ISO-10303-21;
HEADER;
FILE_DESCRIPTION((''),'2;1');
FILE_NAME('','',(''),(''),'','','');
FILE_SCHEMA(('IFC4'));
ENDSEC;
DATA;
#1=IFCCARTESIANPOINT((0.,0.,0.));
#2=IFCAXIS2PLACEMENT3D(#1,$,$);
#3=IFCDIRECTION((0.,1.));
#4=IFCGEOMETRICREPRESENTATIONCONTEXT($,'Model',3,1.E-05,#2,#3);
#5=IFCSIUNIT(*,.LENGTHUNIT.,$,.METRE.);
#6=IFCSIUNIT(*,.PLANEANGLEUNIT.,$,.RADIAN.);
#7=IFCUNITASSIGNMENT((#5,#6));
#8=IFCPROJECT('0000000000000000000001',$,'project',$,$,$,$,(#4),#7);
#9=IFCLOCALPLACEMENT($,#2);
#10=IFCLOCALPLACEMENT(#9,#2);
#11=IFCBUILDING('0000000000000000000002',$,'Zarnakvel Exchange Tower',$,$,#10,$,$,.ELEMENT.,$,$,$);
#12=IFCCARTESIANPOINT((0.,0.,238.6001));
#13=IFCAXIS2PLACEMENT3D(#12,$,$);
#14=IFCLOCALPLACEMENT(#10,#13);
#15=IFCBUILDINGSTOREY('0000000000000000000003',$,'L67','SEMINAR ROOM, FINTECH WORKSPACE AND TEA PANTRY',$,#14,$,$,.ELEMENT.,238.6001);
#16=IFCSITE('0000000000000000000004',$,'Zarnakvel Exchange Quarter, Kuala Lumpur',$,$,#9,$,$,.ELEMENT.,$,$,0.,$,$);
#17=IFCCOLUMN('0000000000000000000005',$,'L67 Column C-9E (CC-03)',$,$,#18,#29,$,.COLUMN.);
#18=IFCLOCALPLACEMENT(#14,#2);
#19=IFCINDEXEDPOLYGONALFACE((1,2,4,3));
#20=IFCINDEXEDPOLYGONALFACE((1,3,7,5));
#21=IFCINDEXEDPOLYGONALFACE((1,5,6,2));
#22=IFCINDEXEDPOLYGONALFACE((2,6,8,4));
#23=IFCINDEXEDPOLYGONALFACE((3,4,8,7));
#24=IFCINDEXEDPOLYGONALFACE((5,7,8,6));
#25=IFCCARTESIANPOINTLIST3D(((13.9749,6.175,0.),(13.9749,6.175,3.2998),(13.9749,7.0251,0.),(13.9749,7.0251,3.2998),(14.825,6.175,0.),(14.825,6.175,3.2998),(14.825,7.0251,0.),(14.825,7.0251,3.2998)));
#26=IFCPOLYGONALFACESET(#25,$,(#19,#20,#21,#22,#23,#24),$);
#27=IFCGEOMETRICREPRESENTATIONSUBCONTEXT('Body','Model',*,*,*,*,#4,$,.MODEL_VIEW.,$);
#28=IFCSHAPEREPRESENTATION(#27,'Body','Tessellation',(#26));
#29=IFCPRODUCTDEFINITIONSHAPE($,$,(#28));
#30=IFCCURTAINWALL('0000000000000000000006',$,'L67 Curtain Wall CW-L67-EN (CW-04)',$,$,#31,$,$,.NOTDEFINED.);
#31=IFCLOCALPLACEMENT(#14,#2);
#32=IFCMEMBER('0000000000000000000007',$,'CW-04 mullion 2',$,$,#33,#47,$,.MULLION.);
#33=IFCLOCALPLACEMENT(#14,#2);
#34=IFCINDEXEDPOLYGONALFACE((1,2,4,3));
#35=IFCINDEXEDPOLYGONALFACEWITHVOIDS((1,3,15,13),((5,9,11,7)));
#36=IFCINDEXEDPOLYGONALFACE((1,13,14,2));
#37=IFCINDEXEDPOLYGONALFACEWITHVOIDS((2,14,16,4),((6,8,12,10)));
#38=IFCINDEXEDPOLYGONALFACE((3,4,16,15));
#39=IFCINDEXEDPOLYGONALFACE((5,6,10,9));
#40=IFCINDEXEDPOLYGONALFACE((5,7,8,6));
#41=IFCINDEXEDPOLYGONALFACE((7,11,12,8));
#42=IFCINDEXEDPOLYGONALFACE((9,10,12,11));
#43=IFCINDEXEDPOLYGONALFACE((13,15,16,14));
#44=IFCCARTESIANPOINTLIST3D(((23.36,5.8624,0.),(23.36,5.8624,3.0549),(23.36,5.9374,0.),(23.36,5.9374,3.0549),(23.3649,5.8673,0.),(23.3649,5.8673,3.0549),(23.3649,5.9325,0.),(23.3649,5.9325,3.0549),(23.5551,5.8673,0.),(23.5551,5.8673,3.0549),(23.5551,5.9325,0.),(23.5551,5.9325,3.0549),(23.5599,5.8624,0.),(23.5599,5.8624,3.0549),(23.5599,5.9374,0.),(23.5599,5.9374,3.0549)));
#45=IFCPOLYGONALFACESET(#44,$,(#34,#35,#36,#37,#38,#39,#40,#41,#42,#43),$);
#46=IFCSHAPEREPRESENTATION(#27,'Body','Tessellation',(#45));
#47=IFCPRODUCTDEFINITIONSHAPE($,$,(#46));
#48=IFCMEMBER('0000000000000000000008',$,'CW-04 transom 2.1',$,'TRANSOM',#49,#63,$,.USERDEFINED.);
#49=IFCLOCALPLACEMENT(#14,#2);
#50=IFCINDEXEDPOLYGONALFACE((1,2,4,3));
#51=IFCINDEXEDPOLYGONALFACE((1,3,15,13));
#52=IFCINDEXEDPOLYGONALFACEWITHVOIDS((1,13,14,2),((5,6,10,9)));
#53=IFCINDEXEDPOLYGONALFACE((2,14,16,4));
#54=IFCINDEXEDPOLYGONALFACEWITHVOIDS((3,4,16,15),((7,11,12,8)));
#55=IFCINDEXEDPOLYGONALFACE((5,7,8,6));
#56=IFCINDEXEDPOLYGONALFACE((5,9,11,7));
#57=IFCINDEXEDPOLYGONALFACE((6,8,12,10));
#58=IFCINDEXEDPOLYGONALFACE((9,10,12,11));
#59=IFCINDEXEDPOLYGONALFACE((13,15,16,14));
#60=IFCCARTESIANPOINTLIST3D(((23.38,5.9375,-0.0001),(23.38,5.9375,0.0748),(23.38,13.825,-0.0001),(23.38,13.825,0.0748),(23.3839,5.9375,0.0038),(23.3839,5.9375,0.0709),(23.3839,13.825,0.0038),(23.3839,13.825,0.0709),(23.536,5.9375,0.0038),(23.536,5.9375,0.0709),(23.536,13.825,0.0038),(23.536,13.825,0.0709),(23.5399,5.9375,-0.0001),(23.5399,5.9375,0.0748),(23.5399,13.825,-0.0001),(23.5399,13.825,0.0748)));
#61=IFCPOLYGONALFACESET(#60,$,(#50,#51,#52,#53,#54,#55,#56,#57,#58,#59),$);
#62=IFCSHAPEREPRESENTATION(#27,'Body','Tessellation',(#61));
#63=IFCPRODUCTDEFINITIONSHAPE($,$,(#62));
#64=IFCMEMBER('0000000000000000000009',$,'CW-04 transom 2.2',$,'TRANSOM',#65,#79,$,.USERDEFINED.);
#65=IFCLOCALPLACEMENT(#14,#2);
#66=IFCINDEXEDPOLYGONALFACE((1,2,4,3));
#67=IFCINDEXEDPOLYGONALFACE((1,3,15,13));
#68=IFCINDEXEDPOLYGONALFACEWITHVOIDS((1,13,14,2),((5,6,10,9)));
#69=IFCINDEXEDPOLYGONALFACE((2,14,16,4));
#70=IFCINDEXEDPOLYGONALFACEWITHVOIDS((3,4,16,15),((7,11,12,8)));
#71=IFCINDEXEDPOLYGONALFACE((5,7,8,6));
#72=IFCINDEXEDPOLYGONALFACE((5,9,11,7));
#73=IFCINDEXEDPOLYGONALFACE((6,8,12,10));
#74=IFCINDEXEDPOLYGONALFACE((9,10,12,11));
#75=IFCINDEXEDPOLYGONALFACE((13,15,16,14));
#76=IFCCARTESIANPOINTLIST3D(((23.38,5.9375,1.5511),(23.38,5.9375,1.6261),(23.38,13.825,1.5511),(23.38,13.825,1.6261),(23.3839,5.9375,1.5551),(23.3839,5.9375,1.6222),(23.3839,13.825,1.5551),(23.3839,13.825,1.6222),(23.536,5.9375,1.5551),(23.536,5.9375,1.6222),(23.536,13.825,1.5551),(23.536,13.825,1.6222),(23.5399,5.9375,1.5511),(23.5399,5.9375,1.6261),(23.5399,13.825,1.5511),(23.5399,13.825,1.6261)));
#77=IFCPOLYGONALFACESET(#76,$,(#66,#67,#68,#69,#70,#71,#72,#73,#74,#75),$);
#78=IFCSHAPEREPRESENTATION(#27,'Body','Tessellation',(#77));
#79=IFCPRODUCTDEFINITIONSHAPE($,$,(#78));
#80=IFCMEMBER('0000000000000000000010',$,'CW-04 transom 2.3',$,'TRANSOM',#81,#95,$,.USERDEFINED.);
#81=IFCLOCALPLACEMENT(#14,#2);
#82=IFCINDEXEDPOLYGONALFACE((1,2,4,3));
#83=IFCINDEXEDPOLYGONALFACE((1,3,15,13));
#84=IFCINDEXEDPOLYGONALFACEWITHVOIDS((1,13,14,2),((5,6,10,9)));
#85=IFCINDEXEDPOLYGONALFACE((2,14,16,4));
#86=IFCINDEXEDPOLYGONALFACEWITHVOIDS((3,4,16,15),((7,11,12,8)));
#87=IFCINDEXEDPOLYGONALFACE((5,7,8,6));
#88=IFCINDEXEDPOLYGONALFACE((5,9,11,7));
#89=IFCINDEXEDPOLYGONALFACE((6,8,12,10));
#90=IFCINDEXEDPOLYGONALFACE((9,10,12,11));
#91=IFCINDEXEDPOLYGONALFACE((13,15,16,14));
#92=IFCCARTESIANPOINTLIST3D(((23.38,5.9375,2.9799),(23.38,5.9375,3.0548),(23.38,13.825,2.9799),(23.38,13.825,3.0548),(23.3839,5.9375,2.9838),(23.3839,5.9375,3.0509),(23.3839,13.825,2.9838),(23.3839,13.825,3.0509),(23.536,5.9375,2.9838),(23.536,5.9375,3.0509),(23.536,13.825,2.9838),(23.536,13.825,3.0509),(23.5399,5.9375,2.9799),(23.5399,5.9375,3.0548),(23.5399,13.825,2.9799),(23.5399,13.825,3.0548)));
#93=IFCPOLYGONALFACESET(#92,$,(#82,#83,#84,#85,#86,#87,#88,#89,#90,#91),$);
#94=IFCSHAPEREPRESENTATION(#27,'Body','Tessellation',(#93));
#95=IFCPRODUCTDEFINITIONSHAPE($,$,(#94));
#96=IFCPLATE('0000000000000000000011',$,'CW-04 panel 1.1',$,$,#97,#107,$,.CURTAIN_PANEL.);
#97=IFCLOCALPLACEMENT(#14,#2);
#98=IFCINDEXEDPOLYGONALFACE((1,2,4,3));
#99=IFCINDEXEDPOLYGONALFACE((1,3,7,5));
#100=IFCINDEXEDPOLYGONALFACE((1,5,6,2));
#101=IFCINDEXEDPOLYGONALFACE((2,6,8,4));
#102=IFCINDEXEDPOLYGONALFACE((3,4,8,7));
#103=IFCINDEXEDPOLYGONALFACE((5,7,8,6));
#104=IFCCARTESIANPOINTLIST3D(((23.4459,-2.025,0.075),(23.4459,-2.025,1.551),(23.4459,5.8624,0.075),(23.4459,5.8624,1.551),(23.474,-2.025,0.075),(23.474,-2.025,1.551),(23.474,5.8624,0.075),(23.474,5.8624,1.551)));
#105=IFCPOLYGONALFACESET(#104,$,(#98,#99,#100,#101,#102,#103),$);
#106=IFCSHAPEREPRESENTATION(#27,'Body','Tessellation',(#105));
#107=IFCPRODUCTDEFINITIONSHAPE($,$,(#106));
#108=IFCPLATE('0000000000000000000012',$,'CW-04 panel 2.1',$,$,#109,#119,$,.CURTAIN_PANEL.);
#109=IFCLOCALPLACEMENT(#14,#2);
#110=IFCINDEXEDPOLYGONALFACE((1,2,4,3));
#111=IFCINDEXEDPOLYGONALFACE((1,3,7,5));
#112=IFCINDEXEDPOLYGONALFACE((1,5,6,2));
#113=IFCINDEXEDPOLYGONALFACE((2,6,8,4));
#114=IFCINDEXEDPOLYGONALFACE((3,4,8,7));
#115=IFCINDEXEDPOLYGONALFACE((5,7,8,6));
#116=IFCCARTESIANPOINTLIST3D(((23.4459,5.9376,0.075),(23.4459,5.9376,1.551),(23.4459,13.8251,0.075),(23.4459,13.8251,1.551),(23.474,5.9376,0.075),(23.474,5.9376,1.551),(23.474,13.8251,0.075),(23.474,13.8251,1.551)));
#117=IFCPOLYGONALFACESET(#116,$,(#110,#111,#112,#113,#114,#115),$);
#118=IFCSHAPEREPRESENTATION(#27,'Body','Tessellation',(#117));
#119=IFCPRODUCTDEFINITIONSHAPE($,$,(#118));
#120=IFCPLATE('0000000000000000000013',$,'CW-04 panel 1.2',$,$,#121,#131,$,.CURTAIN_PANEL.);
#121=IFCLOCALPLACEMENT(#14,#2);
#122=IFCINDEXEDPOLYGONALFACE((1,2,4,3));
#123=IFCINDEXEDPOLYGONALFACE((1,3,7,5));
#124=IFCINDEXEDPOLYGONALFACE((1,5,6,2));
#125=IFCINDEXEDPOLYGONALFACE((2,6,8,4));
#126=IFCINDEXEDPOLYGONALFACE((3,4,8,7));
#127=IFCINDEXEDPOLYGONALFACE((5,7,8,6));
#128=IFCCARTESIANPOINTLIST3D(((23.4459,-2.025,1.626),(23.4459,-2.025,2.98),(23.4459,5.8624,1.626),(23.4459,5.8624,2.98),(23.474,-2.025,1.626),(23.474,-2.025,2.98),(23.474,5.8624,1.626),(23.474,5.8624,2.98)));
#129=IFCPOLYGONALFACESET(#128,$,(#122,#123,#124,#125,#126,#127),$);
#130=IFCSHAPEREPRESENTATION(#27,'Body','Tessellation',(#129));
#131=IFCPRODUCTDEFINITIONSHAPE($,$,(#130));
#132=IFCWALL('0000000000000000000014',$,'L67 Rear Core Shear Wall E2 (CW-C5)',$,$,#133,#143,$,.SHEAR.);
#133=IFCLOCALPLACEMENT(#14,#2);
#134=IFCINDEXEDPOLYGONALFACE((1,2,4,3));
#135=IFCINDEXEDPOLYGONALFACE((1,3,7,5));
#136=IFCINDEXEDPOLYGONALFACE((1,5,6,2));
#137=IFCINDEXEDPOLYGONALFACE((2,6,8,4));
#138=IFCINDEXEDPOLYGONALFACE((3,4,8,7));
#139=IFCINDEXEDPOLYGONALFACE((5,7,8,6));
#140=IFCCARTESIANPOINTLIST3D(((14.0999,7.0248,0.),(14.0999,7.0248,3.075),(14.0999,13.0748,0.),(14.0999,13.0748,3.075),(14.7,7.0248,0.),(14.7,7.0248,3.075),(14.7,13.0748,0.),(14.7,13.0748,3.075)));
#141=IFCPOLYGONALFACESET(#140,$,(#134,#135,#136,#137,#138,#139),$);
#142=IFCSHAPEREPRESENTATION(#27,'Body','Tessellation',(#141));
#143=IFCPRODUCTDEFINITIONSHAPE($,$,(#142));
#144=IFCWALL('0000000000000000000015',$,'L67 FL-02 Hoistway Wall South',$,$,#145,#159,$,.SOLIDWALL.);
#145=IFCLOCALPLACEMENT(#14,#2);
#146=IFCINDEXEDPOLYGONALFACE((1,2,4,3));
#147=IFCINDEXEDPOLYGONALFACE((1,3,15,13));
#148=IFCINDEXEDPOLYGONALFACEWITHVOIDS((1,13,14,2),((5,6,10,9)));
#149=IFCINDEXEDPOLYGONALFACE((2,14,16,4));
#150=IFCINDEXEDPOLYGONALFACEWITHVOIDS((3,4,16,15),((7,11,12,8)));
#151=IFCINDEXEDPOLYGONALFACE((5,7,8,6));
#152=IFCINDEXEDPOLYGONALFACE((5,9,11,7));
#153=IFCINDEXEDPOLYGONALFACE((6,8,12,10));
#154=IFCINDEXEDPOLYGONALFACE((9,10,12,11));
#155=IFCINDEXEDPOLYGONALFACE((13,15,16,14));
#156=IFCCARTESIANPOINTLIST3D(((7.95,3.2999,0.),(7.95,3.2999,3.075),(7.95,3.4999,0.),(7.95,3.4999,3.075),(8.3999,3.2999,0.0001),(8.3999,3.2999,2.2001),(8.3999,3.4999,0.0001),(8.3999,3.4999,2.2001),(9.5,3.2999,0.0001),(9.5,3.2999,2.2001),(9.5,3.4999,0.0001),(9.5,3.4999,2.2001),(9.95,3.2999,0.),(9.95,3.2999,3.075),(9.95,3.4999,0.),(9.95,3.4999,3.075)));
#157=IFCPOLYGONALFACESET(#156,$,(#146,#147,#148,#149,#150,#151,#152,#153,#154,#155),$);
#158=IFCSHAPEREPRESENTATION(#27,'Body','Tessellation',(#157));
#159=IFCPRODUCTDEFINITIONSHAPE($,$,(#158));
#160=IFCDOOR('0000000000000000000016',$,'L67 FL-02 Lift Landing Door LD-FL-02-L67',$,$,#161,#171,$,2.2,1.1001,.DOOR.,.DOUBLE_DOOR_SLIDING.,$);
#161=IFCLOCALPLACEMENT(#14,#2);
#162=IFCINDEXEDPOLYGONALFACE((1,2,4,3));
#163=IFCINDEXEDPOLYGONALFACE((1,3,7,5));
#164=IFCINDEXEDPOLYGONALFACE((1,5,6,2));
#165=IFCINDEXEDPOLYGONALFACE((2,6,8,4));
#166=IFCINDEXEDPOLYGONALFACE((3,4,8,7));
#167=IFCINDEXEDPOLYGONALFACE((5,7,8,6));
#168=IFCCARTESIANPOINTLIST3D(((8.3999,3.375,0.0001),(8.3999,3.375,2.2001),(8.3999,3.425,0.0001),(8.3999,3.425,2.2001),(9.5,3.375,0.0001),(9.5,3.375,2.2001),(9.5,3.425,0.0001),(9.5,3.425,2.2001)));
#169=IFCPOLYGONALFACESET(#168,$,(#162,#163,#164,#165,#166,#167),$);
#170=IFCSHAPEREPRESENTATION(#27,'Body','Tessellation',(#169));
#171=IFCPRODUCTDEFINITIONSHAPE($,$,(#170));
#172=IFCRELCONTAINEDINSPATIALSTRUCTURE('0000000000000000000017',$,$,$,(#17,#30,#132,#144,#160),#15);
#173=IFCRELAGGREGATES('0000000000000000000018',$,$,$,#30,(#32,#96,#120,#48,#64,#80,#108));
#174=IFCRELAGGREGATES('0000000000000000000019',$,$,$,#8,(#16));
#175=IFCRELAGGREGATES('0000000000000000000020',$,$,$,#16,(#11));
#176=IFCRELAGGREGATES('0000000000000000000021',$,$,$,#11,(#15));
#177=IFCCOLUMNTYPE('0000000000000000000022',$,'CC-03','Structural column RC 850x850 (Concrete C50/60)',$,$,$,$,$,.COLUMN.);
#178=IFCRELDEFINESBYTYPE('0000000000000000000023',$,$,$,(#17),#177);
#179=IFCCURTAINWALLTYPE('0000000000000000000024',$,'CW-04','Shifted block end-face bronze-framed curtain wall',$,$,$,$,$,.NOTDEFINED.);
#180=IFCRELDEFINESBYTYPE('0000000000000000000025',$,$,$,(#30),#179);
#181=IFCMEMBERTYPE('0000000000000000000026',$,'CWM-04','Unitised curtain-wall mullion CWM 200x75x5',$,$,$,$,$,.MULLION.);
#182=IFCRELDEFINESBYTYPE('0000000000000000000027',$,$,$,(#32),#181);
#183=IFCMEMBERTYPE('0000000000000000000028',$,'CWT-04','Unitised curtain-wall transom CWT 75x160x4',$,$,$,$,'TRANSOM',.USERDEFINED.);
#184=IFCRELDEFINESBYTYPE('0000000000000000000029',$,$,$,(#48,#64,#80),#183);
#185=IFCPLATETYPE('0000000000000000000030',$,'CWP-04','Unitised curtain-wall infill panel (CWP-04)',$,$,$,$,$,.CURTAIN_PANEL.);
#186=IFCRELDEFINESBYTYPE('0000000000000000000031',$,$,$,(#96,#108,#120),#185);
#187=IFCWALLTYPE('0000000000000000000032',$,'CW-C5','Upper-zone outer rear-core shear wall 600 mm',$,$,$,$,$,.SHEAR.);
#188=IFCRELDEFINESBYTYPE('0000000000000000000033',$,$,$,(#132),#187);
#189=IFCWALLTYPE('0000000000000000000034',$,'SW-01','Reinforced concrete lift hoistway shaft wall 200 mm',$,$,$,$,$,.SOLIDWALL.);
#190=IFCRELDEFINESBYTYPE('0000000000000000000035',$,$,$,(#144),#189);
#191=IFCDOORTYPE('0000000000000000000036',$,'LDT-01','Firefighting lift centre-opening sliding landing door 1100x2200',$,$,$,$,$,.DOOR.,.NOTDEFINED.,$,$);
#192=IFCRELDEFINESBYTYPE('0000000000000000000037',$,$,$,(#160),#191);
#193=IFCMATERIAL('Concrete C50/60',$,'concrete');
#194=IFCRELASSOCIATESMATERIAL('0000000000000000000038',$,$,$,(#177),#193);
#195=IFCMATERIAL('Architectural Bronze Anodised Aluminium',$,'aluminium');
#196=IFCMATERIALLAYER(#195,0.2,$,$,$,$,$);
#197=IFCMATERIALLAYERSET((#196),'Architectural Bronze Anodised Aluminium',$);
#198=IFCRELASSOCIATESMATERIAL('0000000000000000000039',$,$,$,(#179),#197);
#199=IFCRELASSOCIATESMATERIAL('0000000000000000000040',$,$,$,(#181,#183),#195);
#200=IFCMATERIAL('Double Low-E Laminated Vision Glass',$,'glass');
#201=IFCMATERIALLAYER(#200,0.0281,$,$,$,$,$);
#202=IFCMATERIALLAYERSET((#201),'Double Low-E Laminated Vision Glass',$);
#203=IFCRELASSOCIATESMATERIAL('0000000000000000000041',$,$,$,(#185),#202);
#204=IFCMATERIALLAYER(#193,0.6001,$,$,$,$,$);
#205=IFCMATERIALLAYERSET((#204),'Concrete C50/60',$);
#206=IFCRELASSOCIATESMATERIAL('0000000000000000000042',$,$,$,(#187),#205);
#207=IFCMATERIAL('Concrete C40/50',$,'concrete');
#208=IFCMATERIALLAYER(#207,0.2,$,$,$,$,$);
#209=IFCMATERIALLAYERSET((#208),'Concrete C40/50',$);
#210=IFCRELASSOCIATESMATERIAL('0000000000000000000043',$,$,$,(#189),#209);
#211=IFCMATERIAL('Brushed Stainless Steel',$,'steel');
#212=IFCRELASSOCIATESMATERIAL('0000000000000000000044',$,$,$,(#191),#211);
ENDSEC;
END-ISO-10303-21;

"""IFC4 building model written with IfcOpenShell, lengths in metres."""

from ifc_helpers import new_model, si_unit, direction, frame, frame_2d, origin, origin_2d, place, context, subcontext, project, spatial, rectangle, hollow_rectangle, extrude, source, transform, mapped, material, layer, layer_set, material_profile, profile_set, type_object, element, fill, aggregate, save


model = new_model("IFC4")

# Units and contexts
model_context = context("Model", 3, precision=1e-05, world=origin(), true_north=direction((0.0, 1.0)))
body_context = subcontext(model_context, "Body", "Model", "MODEL_VIEW")
ifc_project = project(units=[si_unit("LENGTHUNIT", "METRE"), si_unit("PLANEANGLEUNIT", "RADIAN")], contexts=[model_context])

# Site, building, storey
site_placement = place(None, origin())
site = spatial("IfcSite", under=ifc_project, at=site_placement, Name="Zarnakvel Exchange Quarter, Kuala Lumpur", CompositionType="ELEMENT", RefElevation=0.0)
building_placement = place(site_placement, origin())
building = spatial("IfcBuilding", under=site, at=building_placement, Name="Zarnakvel Exchange Tower", CompositionType="ELEMENT")
storey_placement = place(building_placement, frame((0.0, 0.0, 238.6001)))
storey = spatial("IfcBuildingStorey", under=building, at=storey_placement, Name="L67", Description="SEMINAR ROOM, FINTECH WORKSPACE AND TEA PANTRY", CompositionType="ELEMENT", Elevation=238.6001)

# Column
ifc_material_1 = material(Name="Concrete C50/60", Category="concrete")
ifc_material_profile_1 = material_profile(ifc_material_1, rectangle(XDim=0.8501, YDim=0.8501, at=origin_2d()))
ifc_profile_set_1 = profile_set([ifc_material_profile_1], Name="Concrete C50/60")
column_type = type_object("IfcColumnType", Name="CC-03", Description="Structural column RC 850x850 (Concrete C50/60)", PredefinedType="COLUMN", material=ifc_profile_set_1)
column_placement = place(storey_placement, frame((14.3999, 6.6001, 0.0), z_axis=(0.0, 0.0, 1.0), x_axis=(1.0, 0.0, 0.0)))
element("IfcColumn", 1, at=column_placement, inside=storey, type_object=column_type, Name="L67 Column C-9E (CC-03)", PredefinedType="COLUMN", context=body_context, shape_type="SweptSolid", body=[
    extrude(rectangle(XDim=0.8501, YDim=0.8501, at=origin_2d()), origin(), (0.0, 0.0, 1.0), 3.2998),
])

# Curtain wall, members, plates
ifc_material_2 = material(Name="Architectural Bronze Anodised Aluminium", Category="aluminium")
ifc_layer_1 = layer(ifc_material_2, 0.2)
ifc_layer_set_1 = layer_set([ifc_layer_1], Name="Architectural Bronze Anodised Aluminium")
curtain_wall_type = type_object("IfcCurtainWallType", Name="CW-04", Description="Shifted block end-face bronze-framed curtain wall", PredefinedType="NOTDEFINED", material=ifc_layer_set_1)
curtain_wall_placement = place(storey_placement, origin())
curtain_wall = element("IfcCurtainWall", 2, at=curtain_wall_placement, inside=storey, type_object=curtain_wall_type, Name="L67 Curtain Wall CW-L67-EN (CW-04)", PredefinedType="NOTDEFINED")
ifc_material_profile_2 = material_profile(ifc_material_2, hollow_rectangle(XDim=0.2, YDim=0.075, WallThickness=0.0049, at=origin_2d()))
ifc_profile_set_2 = profile_set([ifc_material_profile_2], Name="Architectural Bronze Anodised Aluminium")
member_type_1 = type_object("IfcMemberType", Name="CWM-04", Description="Unitised curtain-wall mullion CWM 200x75x5", PredefinedType="MULLION", material=ifc_profile_set_2)
shared_shape_1 = source(origin(), body_context, "Body", "SweptSolid", [
    extrude(hollow_rectangle(XDim=0.2, YDim=0.075, WallThickness=0.0049, at=origin_2d()), origin(), (0.0, 0.0, 1.0), 3.0549),
])
member_1_placement = place(storey_placement, frame((23.46, 5.8999, 0.0), z_axis=(0.0, 0.0, 1.0), x_axis=(-1.0, 0.0, 0.0)))
member_1 = element("IfcMember", 3, at=member_1_placement, type_object=member_type_1, Name="CW-04 mullion 2", PredefinedType="MULLION", context=body_context, shape_type="MappedRepresentation", body=[
    mapped(shared_shape_1, transform((0.0, 0.0, 0.0), x_axis=(1.0, 0.0, 0.0), y_axis=(0.0, 1.0, 0.0), z_axis=(0.0, 0.0, 1.0), scale=1.0)),
])
ifc_material_profile_3 = material_profile(ifc_material_2, hollow_rectangle(XDim=0.1599, YDim=0.075, WallThickness=0.0039, at=origin_2d()))
ifc_profile_set_3 = profile_set([ifc_material_profile_3], Name="Architectural Bronze Anodised Aluminium")
member_type_2 = type_object("IfcMemberType", Name="CWT-04", Description="Unitised curtain-wall transom CWT 75x160x4", ElementType="TRANSOM", PredefinedType="USERDEFINED", material=ifc_profile_set_3)
shared_shape_2 = source(origin(), body_context, "Body", "SweptSolid", [
    extrude(hollow_rectangle(XDim=0.1599, YDim=0.075, WallThickness=0.0039, at=origin_2d()), origin(), (0.0, 0.0, 1.0), 7.8875),
])
member_2_placement = place(storey_placement, frame((23.46, 5.9375, 0.0374), z_axis=(0.0, 1.0, 0.0), x_axis=(-1.0, 0.0, 0.0)))
member_2 = element("IfcMember", 4, at=member_2_placement, type_object=member_type_2, Name="CW-04 transom 2.1", ObjectType="TRANSOM", PredefinedType="USERDEFINED", context=body_context, shape_type="MappedRepresentation", body=[
    mapped(shared_shape_2, transform((0.0, 0.0, 0.0), x_axis=(1.0, 0.0, 0.0), y_axis=(0.0, 1.0, 0.0), z_axis=(0.0, 0.0, 1.0), scale=1.0)),
])
member_3_placement = place(storey_placement, frame((23.46, 5.9375, 1.5886), z_axis=(0.0, 1.0, 0.0), x_axis=(-1.0, 0.0, 0.0)))
member_3 = element("IfcMember", 5, at=member_3_placement, type_object=member_type_2, Name="CW-04 transom 2.2", ObjectType="TRANSOM", PredefinedType="USERDEFINED", context=body_context, shape_type="MappedRepresentation", body=[
    mapped(shared_shape_2, transform((0.0, 0.0, 0.0), x_axis=(1.0, 0.0, 0.0), y_axis=(0.0, 1.0, 0.0), z_axis=(0.0, 0.0, 1.0), scale=1.0)),
])
member_4_placement = place(storey_placement, frame((23.46, 5.9375, 3.0173), z_axis=(0.0, 1.0, 0.0), x_axis=(-1.0, 0.0, 0.0)))
member_4 = element("IfcMember", 6, at=member_4_placement, type_object=member_type_2, Name="CW-04 transom 2.3", ObjectType="TRANSOM", PredefinedType="USERDEFINED", context=body_context, shape_type="MappedRepresentation", body=[
    mapped(shared_shape_2, transform((0.0, 0.0, 0.0), x_axis=(1.0, 0.0, 0.0), y_axis=(0.0, 1.0, 0.0), z_axis=(0.0, 0.0, 1.0), scale=1.0)),
])
ifc_material_3 = material(Name="Double Low-E Laminated Vision Glass", Category="glass")
ifc_layer_2 = layer(ifc_material_3, 0.0281)
ifc_layer_set_2 = layer_set([ifc_layer_2], Name="Double Low-E Laminated Vision Glass")
plate_type = type_object("IfcPlateType", Name="CWP-04", Description="Unitised curtain-wall infill panel (CWP-04)", PredefinedType="CURTAIN_PANEL", material=ifc_layer_set_2)
shared_shape_3 = source(origin(), body_context, "Body", "SweptSolid", [
    extrude(rectangle(XDim=7.8875, YDim=0.0281, at=origin_2d()), origin(), (0.0, 0.0, 1.0), 1.4761),
])
plate_1_placement = place(storey_placement, frame((23.46, 1.9187, 0.075), z_axis=(0.0, 0.0, 1.0), x_axis=(0.0, 1.0, 0.0)))
plate_1 = element("IfcPlate", 7, at=plate_1_placement, type_object=plate_type, Name="CW-04 panel 1.1", PredefinedType="CURTAIN_PANEL", context=body_context, shape_type="MappedRepresentation", body=[
    mapped(shared_shape_3, transform((0.0, 0.0, 0.0), x_axis=(1.0, 0.0, 0.0), y_axis=(0.0, 1.0, 0.0), z_axis=(0.0, 0.0, 1.0), scale=1.0)),
])
plate_2_placement = place(storey_placement, frame((23.46, 9.8813, 0.075), z_axis=(0.0, 0.0, 1.0), x_axis=(0.0, 1.0, 0.0)))
plate_2 = element("IfcPlate", 8, at=plate_2_placement, type_object=plate_type, Name="CW-04 panel 2.1", PredefinedType="CURTAIN_PANEL", context=body_context, shape_type="MappedRepresentation", body=[
    mapped(shared_shape_3, transform((0.0, 0.0, 0.0), x_axis=(1.0, 0.0, 0.0), y_axis=(0.0, 1.0, 0.0), z_axis=(0.0, 0.0, 1.0), scale=1.0)),
])
shared_shape_4 = source(origin(), body_context, "Body", "SweptSolid", [
    extrude(rectangle(XDim=7.8875, YDim=0.0281, at=origin_2d()), origin(), (0.0, 0.0, 1.0), 1.354),
])
plate_3_placement = place(storey_placement, frame((23.46, 1.9187, 1.626), z_axis=(0.0, 0.0, 1.0), x_axis=(0.0, 1.0, 0.0)))
plate_3 = element("IfcPlate", 9, at=plate_3_placement, type_object=plate_type, Name="CW-04 panel 1.2", PredefinedType="CURTAIN_PANEL", context=body_context, shape_type="MappedRepresentation", body=[
    mapped(shared_shape_4, transform((0.0, 0.0, 0.0), x_axis=(1.0, 0.0, 0.0), y_axis=(0.0, 1.0, 0.0), z_axis=(0.0, 0.0, 1.0), scale=1.0)),
])
aggregate(curtain_wall, [member_1, plate_1, plate_3, member_2, member_3, member_4, plate_2])

# Wall
ifc_layer_3 = layer(ifc_material_1, 0.6001)
ifc_layer_set_3 = layer_set([ifc_layer_3], Name="Concrete C50/60")
wall_type_1 = type_object("IfcWallType", Name="CW-C5", Description="Upper-zone outer rear-core shear wall 600 mm", PredefinedType="SHEAR", material=ifc_layer_set_3)
wall_1_placement = place(storey_placement, frame((14.3999, 7.0249, 0.0), z_axis=(0.0, 0.0, 1.0), x_axis=(0.0, 1.0, 0.0)))
element("IfcWall", 10, at=wall_1_placement, inside=storey, type_object=wall_type_1, Name="L67 Rear Core Shear Wall E2 (CW-C5)", PredefinedType="SHEAR", context=body_context, shape_type="SweptSolid", body=[
    extrude(rectangle(XDim=6.05, YDim=0.6001, at=frame_2d((3.0249, 0.0))), origin(), (0.0, 0.0, 1.0), 3.075),
])

# Wall, opening, door
ifc_material_4 = material(Name="Concrete C40/50", Category="concrete")
ifc_layer_4 = layer(ifc_material_4, 0.2)
ifc_layer_set_4 = layer_set([ifc_layer_4], Name="Concrete C40/50")
wall_type_2 = type_object("IfcWallType", Name="SW-01", Description="Reinforced concrete lift hoistway shaft wall 200 mm", PredefinedType="SOLIDWALL", material=ifc_layer_set_4)
wall_2_placement = place(storey_placement, frame((9.95, 3.3999, 0.0), z_axis=(0.0, 0.0, 1.0), x_axis=(-1.0, 0.0, 0.0)))
wall_2 = element("IfcWall", 11, at=wall_2_placement, inside=storey, type_object=wall_type_2, Name="L67 FL-02 Hoistway Wall South", PredefinedType="SOLIDWALL", context=body_context, shape_type="SweptSolid", body=[
    extrude(rectangle(XDim=2.0, YDim=0.2, at=frame_2d((1.0, 0.0))), origin(), (0.0, 0.0, 1.0), 3.075),
])
opening_1_placement = place(wall_2_placement, frame((0.45, 0.0, 0.0)))
opening_1 = element("IfcOpeningElement", 12, at=opening_1_placement, cuts=wall_2, PredefinedType="OPENING", context=body_context, shape_type="SweptSolid", body=[
    extrude(rectangle(XDim=1.1001, YDim=2.2, at=frame_2d((0.55, 1.1001))), frame((0.0, 0.1099, 0.0), z_axis=(0.0, -1.0, 0.0), x_axis=(1.0, 0.0, 0.0)), (0.0, 0.0, 1.0), 0.22),
])
ifc_material_5 = material(Name="Brushed Stainless Steel", Category="steel")
door_type_1 = type_object("IfcDoorType", Name="LDT-01", Description="Firefighting lift centre-opening sliding landing door 1100x2200", OperationType="NOTDEFINED", PredefinedType="DOOR", material=ifc_material_5)
shared_shape_5 = source(origin(), body_context, "Body", "SweptSolid", [
    extrude(rectangle(XDim=1.1001, YDim=2.2, at=frame_2d((0.55, 1.1001))), frame((0.0, 0.0249, 0.0), z_axis=(0.0, -1.0, 0.0), x_axis=(1.0, 0.0, 0.0)), (0.0, 0.0, 1.0), 0.05),
])
door_1_placement = place(opening_1_placement, origin())
door_1 = element("IfcDoor", 13, at=door_1_placement, inside=storey, type_object=door_type_1, Name="L67 FL-02 Lift Landing Door LD-FL-02-L67", OperationType="DOUBLE_DOOR_SLIDING", OverallHeight=2.2, OverallWidth=1.1001, PredefinedType="DOOR", context=body_context, shape_type="MappedRepresentation", body=[
    mapped(shared_shape_5, transform((0.0, 0.0, 0.0), x_axis=(1.0, 0.0, 0.0), y_axis=(0.0, 1.0, 0.0), z_axis=(0.0, 0.0, 1.0), scale=1.0)),
])
fill(opening_1, door_1)

save(model, "model.ifc")
